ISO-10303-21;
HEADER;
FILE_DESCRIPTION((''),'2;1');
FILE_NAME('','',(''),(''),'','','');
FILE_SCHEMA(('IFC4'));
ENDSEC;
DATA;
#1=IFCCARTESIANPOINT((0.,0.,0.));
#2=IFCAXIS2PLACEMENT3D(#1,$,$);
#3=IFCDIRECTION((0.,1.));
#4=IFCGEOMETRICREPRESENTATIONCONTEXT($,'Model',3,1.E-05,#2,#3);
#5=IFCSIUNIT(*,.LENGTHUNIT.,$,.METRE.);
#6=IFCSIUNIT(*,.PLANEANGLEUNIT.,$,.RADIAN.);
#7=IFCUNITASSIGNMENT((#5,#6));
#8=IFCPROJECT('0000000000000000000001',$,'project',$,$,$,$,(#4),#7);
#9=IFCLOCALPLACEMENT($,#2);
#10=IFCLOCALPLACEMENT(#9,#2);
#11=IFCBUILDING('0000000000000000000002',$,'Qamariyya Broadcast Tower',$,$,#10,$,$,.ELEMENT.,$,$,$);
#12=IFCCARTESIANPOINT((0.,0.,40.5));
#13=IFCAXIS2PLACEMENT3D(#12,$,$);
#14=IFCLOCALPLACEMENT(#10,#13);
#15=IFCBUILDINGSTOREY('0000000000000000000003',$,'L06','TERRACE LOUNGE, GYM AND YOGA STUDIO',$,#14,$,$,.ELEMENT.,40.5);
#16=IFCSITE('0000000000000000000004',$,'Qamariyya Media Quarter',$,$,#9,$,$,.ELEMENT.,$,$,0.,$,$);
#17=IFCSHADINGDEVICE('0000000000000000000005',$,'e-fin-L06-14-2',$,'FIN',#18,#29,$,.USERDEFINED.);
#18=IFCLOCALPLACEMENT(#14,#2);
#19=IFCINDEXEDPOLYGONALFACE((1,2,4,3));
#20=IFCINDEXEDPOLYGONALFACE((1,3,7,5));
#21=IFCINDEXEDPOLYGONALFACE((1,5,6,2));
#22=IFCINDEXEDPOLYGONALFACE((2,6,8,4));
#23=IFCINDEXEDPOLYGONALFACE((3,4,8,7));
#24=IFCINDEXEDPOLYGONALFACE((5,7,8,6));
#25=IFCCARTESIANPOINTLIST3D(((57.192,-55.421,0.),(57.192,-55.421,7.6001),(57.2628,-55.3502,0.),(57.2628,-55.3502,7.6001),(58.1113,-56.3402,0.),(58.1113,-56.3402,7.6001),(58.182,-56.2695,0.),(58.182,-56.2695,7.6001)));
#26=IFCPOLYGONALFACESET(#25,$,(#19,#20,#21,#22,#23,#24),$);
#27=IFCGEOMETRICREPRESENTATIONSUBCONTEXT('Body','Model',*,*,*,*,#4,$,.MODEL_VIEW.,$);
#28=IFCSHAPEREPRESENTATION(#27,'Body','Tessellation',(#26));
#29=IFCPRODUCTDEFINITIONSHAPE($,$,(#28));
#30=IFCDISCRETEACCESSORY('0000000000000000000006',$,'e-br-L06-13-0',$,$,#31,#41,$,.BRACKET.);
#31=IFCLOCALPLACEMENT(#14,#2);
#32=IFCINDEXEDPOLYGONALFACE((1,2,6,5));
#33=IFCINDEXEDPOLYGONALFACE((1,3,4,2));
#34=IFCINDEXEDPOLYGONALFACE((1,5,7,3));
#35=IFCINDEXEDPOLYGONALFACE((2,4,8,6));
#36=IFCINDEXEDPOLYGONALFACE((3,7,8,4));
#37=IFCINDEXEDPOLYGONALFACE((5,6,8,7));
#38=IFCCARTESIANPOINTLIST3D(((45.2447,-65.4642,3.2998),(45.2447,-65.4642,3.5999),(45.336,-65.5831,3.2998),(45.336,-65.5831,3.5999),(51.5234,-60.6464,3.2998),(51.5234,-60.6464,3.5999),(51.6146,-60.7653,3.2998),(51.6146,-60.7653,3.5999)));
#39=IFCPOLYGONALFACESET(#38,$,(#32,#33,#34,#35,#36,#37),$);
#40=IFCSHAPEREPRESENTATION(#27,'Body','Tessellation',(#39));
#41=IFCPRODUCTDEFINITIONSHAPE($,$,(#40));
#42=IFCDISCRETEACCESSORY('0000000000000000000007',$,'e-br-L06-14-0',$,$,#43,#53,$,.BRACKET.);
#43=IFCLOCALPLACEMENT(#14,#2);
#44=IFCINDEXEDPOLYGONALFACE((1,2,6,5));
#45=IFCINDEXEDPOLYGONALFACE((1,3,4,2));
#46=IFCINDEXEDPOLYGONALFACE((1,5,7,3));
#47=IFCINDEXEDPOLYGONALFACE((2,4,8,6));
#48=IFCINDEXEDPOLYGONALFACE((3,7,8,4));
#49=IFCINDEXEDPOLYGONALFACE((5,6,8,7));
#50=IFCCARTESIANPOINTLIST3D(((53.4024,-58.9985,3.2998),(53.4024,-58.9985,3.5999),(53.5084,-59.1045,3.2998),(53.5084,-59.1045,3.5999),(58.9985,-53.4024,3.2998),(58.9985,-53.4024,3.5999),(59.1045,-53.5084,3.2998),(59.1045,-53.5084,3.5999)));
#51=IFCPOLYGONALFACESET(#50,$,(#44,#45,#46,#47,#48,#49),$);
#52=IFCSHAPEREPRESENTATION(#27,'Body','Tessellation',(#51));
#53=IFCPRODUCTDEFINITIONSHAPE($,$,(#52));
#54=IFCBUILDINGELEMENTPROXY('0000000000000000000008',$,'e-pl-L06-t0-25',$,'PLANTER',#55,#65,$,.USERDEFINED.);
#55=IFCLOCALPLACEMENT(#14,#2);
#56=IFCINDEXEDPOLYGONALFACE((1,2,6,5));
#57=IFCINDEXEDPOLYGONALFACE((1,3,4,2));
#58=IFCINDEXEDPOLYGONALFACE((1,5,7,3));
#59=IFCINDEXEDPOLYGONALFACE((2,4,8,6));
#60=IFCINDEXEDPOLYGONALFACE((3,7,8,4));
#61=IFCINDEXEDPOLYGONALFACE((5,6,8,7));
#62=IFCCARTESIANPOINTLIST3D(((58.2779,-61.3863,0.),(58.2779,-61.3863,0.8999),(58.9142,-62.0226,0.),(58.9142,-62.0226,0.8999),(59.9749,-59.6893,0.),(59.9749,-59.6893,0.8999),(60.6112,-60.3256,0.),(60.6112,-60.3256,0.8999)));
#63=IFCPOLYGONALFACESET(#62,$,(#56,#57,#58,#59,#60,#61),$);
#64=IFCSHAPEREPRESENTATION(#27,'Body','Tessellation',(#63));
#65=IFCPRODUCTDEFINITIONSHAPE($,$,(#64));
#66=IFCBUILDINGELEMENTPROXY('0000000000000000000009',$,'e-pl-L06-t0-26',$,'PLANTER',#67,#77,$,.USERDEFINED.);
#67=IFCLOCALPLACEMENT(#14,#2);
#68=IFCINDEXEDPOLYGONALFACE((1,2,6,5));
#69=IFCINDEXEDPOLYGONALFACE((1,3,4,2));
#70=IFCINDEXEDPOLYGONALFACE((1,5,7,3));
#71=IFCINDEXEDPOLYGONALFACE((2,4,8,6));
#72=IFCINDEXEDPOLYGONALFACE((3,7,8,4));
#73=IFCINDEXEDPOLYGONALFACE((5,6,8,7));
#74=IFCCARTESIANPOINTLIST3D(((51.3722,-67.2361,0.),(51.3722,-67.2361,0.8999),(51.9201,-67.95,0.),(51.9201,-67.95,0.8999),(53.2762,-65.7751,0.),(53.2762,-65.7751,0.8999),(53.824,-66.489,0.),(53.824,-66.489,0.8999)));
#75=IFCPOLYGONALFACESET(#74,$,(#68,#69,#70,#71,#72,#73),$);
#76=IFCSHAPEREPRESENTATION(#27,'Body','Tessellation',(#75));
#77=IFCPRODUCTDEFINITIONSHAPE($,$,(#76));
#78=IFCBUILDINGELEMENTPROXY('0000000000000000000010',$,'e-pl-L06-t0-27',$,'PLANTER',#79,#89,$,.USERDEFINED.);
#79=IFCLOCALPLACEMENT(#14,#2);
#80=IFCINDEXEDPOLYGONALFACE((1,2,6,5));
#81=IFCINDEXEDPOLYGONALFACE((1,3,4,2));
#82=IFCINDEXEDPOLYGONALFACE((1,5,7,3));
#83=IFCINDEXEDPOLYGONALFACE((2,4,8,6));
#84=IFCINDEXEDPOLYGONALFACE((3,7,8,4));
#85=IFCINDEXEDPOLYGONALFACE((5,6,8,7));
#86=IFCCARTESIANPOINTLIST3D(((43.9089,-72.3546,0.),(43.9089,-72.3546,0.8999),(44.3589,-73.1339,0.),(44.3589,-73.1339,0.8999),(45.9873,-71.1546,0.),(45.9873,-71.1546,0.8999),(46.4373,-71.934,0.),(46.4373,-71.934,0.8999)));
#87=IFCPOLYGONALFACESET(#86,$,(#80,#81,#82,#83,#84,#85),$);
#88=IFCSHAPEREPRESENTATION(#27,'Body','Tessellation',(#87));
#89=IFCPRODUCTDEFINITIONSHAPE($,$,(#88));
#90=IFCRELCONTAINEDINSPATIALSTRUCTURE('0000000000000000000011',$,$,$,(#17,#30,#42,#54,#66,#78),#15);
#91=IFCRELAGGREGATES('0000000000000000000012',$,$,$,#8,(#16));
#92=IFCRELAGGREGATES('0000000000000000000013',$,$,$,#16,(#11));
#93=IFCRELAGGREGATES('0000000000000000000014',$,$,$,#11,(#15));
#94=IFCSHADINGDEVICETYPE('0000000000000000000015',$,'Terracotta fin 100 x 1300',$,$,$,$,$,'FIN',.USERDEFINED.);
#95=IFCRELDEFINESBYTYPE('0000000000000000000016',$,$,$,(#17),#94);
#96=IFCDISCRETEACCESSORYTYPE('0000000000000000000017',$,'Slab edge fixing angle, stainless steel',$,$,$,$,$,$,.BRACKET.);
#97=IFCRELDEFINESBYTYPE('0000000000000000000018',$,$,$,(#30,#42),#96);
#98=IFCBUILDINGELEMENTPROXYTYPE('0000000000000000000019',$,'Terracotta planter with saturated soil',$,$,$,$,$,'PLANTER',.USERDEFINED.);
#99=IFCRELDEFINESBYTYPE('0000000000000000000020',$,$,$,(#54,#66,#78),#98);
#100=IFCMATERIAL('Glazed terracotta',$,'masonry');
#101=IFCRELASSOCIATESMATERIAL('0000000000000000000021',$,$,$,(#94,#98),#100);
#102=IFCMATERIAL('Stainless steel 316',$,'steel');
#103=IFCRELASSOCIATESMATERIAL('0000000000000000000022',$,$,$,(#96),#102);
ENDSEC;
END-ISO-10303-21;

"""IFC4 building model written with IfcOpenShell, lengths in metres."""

from ifc_helpers import new_model, si_unit, direction, frame, origin, origin_2d, place, context, subcontext, project, spatial, rectangle, extrude, material, material_profile, profile_set, type_object, element, save


model = new_model("IFC4")

# Units and contexts
model_context = context("Model", 3, precision=1e-05, world=origin(), true_north=direction((0.0, 1.0)))
body_context = subcontext(model_context, "Body", "Model", "MODEL_VIEW")
ifc_project = project(units=[si_unit("LENGTHUNIT", "METRE"), si_unit("PLANEANGLEUNIT", "RADIAN")], contexts=[model_context])

# Site, building, storey
site_placement = place(None, origin())
site = spatial("IfcSite", under=ifc_project, at=site_placement, Name="Qamariyya Media Quarter", CompositionType="ELEMENT", RefElevation=0.0)
building_placement = place(site_placement, origin())
building = spatial("IfcBuilding", under=site, at=building_placement, Name="Qamariyya Broadcast Tower", CompositionType="ELEMENT")
storey_placement = place(building_placement, frame((0.0, 0.0, 40.5)))
storey = spatial("IfcBuildingStorey", under=building, at=storey_placement, Name="L06", Description="TERRACE LOUNGE, GYM AND YOGA STUDIO", CompositionType="ELEMENT", Elevation=40.5)

# Shading device
ifc_material_1 = material(Name="Glazed terracotta", Category="masonry")
ifc_material_profile_1 = material_profile(ifc_material_1, rectangle(XDim=1.3, YDim=0.1001, at=origin_2d()))
ifc_profile_set_1 = profile_set([ifc_material_profile_1], Name="Glazed terracotta")
shading_device_type_1 = type_object("IfcShadingDeviceType", Name="Terracotta fin 100 x 1300", ElementType="FIN", PredefinedType="USERDEFINED", material=ifc_profile_set_1)
for number, where, z_axis, x_axis, name in (
    (1, (57.687, -55.8452, 0.0), (0.0, 0.0, 1.0), (0.707107, -0.707107, 0.0), "e-fin-L06-14-2"),
):
    element("IfcShadingDevice", number, at=place(storey_placement, frame(where, z_axis=z_axis, x_axis=x_axis)), inside=storey, type_object=shading_device_type_1, Name=name, ObjectType="FIN", PredefinedType="USERDEFINED", context=body_context, shape_type="SweptSolid", body=[
        extrude(rectangle(XDim=1.3, YDim=0.1001, at=origin_2d()), origin(), (0.0, 0.0, 1.0), 7.6001),
    ])

# Discrete accessories
ifc_material_2 = material(Name="Stainless steel 316", Category="steel")
discrete_accessory_type = type_object("IfcDiscreteAccessoryType", Name="Slab edge fixing angle, stainless steel", PredefinedType="BRACKET", material=ifc_material_2)
for number, where, z_axis, x_axis, name in (
    (2, (48.4297, -63.1147, 3.2998), (0.0, 0.0, 1.0), (0.793353, 0.608761, 0.0), "e-br-L06-13-0"),
    (3, (56.2534, -56.2534, 3.2998), (0.0, 0.0, 1.0), (0.707107, 0.707107, 0.0), "e-br-L06-14-0"),
):
    element("IfcDiscreteAccessory", number, at=place(storey_placement, frame(where, z_axis=z_axis, x_axis=x_axis)), inside=storey, type_object=discrete_accessory_type, Name=name, PredefinedType="BRACKET", context=body_context, shape_type="SweptSolid", body=[
        extrude(rectangle(XDim=7.9141, YDim=0.1499, at=origin_2d()), origin(), (0.0, 0.0, 1.0), 0.3),
    ])

# Building element proxies
building_element_proxy_type = type_object("IfcBuildingElementProxyType", Name="Terracotta planter with saturated soil", ElementType="PLANTER", PredefinedType="USERDEFINED", material=ifc_material_1)
for number, where, z_axis, x_axis, name in (
    (4, (59.4446, -60.856, 0.0), (0.0, 0.0, 1.0), (-0.707107, -0.707107, 0.0), "e-pl-L06-t0-25"),
    (5, (52.5981, -66.8625, 0.0), (0.0, 0.0, 1.0), (-0.793353, -0.608761, 0.0), "e-pl-L06-t0-26"),
    (6, (45.1731, -72.1443, 0.0), (0.0, 0.0, 1.0), (-0.866025, -0.5, 0.0), "e-pl-L06-t0-27"),
):
    element("IfcBuildingElementProxy", number, at=place(storey_placement, frame(where, z_axis=z_axis, x_axis=x_axis)), inside=storey, type_object=building_element_proxy_type, Name=name, ObjectType="PLANTER", PredefinedType="USERDEFINED", context=body_context, shape_type="SweptSolid", body=[
        extrude(rectangle(XDim=2.3999, YDim=0.8999, at=origin_2d()), origin(), (0.0, 0.0, 1.0), 0.8999),
    ])

save(model, "model.ifc")
